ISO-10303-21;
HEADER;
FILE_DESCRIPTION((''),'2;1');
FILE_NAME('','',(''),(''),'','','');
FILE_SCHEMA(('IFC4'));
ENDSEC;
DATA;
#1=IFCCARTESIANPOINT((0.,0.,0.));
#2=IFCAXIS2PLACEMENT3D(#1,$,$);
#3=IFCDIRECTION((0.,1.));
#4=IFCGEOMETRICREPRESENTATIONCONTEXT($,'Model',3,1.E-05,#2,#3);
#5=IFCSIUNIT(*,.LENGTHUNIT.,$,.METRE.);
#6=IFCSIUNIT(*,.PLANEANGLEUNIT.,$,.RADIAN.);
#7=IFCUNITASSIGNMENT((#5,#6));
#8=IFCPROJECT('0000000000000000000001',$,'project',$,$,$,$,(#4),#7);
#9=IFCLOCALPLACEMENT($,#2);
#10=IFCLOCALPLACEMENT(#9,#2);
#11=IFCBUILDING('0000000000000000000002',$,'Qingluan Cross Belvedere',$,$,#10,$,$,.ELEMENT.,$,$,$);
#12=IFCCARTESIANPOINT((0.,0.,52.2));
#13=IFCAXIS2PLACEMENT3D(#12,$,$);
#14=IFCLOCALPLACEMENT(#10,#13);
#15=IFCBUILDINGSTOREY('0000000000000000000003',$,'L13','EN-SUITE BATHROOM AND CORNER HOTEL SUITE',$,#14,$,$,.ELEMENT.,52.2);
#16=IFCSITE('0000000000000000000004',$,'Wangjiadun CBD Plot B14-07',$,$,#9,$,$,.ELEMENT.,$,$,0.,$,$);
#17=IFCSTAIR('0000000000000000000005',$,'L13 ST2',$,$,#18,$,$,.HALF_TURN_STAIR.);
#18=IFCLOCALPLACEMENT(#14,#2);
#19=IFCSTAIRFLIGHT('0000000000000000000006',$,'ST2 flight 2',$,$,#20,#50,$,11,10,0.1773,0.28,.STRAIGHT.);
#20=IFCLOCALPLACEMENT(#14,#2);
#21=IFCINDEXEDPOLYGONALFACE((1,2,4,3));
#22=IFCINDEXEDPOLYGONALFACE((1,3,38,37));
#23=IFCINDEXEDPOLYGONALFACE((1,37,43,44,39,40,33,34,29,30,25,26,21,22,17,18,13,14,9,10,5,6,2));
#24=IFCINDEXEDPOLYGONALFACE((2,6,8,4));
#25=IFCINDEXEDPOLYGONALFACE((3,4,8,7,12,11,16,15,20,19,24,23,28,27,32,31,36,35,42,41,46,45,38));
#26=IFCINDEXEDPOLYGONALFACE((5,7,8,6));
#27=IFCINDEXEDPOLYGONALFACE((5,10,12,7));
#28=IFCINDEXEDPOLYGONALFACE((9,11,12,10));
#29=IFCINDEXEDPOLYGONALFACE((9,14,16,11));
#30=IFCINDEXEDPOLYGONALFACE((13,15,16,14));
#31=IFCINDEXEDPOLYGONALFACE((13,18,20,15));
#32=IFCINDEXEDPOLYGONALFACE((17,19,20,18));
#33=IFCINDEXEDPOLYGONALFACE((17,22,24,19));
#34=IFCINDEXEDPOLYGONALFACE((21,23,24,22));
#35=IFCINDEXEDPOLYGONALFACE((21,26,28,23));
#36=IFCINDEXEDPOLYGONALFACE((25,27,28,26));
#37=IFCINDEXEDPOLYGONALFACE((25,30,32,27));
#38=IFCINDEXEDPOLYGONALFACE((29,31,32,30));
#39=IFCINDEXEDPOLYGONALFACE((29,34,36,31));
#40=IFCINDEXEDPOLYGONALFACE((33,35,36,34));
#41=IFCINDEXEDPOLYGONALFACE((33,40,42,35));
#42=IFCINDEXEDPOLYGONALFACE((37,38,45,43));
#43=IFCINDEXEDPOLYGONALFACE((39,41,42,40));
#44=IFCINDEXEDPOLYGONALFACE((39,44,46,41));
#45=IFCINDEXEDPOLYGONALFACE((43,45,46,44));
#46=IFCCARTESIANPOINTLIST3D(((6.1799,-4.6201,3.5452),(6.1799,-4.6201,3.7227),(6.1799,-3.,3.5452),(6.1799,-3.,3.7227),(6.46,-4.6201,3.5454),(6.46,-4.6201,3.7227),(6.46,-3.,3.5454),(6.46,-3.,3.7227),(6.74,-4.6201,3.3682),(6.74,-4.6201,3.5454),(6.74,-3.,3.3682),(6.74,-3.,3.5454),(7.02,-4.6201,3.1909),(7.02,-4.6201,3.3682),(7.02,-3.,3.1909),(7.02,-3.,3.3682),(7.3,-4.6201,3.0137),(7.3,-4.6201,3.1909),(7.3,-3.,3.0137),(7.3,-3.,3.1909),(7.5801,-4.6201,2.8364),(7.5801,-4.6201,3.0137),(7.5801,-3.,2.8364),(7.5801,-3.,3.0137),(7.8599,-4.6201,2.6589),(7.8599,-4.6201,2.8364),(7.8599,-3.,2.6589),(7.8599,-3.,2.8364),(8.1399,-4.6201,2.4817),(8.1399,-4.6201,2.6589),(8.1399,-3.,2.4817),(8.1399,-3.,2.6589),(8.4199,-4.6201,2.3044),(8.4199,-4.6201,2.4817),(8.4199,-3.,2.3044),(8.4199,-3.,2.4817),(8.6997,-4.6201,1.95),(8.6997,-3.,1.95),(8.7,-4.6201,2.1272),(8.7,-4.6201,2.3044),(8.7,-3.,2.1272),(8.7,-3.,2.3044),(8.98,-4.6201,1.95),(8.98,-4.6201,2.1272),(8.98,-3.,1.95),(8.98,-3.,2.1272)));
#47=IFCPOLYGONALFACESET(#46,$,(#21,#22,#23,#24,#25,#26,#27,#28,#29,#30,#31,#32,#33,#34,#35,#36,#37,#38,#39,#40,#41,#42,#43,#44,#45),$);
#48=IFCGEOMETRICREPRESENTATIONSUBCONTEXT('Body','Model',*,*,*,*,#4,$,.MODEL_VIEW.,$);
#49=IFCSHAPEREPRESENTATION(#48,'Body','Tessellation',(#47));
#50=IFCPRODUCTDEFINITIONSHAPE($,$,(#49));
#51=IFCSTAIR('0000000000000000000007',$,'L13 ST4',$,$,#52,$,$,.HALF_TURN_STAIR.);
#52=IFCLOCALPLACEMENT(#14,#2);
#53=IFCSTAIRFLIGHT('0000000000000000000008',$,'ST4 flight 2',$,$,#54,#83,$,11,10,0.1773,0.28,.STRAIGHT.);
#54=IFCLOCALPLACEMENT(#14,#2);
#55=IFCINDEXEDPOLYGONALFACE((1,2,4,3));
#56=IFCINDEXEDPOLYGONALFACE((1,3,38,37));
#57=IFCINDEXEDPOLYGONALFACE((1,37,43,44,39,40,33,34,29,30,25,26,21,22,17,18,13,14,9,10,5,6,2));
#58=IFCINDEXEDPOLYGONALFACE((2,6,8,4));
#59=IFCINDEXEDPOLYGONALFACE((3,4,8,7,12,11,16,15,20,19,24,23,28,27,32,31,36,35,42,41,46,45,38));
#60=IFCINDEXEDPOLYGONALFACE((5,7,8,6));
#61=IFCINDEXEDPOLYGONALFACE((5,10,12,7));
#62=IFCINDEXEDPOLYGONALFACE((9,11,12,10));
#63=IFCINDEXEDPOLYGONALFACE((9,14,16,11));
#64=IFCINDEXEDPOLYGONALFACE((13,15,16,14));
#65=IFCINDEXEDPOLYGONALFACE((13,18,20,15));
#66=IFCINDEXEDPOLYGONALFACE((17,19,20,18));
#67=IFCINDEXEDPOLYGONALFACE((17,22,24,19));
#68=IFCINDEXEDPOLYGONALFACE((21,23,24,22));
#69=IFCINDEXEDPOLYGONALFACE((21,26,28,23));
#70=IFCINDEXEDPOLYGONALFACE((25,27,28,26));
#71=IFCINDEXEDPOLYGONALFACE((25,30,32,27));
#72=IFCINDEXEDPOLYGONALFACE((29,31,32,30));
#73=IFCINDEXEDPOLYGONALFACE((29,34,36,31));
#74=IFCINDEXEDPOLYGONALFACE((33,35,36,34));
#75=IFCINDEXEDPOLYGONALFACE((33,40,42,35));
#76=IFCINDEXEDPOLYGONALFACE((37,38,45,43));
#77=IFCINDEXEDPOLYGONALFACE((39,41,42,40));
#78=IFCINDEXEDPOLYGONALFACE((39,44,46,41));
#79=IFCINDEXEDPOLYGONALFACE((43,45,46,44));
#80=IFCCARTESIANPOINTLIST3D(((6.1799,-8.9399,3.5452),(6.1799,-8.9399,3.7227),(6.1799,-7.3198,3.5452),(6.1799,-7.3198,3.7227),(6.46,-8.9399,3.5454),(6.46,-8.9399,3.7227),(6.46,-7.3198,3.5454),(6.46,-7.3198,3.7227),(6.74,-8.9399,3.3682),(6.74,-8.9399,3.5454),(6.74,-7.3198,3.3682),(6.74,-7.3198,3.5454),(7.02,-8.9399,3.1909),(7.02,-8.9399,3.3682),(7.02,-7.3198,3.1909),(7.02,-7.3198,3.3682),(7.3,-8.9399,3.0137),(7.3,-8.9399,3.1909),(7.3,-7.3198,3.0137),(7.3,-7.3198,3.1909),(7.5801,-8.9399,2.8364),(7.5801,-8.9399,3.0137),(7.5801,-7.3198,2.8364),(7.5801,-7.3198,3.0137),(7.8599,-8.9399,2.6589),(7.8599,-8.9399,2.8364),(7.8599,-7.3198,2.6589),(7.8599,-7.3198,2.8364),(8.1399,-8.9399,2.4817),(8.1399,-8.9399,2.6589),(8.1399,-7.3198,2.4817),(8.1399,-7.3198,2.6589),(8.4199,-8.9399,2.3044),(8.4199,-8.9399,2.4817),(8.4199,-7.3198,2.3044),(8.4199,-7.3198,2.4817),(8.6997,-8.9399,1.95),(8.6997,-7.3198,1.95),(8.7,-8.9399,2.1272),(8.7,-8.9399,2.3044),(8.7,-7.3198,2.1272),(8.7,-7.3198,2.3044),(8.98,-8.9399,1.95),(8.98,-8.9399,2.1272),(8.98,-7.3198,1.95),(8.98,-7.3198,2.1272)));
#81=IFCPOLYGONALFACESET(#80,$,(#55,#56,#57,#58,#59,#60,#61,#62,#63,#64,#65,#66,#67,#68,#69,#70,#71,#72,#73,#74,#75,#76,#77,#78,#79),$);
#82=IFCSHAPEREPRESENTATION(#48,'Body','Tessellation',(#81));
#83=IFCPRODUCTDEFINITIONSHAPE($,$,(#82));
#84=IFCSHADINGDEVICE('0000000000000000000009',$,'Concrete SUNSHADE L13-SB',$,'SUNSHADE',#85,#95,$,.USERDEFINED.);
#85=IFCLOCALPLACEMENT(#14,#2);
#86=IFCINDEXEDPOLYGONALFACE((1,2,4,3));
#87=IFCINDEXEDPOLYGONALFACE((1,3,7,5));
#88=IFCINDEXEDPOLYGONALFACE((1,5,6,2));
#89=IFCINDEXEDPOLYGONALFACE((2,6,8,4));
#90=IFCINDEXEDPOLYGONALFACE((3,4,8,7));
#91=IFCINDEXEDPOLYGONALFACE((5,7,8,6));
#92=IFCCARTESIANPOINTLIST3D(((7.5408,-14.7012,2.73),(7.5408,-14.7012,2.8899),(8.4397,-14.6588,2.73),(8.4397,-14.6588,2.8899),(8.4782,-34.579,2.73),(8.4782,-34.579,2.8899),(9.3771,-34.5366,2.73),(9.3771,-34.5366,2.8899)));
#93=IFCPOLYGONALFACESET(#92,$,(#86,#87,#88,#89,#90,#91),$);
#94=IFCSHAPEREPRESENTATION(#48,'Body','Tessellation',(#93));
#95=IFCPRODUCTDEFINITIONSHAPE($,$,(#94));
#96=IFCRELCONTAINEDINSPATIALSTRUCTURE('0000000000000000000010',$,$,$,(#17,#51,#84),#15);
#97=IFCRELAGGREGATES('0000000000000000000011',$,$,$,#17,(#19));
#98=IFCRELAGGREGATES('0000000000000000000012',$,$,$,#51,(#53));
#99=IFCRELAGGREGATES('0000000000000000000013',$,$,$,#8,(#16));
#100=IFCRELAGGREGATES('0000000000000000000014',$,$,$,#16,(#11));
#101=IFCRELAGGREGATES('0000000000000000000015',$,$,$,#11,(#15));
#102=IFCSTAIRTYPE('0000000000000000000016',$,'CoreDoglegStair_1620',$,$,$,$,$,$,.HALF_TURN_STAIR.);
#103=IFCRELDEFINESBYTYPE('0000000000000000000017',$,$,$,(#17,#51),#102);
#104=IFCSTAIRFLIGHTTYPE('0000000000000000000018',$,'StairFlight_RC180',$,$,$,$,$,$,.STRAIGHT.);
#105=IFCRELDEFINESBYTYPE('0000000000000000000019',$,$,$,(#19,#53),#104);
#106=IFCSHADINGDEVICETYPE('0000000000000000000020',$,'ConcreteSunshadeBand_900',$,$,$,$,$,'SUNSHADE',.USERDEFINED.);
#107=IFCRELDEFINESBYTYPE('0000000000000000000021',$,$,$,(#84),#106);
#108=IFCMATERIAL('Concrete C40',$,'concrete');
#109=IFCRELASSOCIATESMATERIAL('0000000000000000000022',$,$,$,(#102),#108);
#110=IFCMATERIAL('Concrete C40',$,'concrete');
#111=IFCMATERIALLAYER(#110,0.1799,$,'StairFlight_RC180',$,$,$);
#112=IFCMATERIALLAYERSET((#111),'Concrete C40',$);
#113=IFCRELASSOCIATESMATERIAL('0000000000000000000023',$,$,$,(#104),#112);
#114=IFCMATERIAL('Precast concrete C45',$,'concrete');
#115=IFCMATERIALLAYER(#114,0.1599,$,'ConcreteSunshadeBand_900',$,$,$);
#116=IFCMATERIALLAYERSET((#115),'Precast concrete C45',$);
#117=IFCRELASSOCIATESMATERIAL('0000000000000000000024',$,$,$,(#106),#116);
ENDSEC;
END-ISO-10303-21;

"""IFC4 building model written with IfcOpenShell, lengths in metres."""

from ifc_helpers import new_model, si_unit, direction, frame, origin, origin_2d, place, context, subcontext, project, spatial, polyline, rectangle, outline, extrude, material, layer, layer_set, type_object, element, aggregate, save


model = new_model("IFC4")

# Units and contexts
model_context = context("Model", 3, precision=1e-05, world=origin(), true_north=direction((0.0, 1.0)))
body_context = subcontext(model_context, "Body", "Model", "MODEL_VIEW")
ifc_project = project(units=[si_unit("LENGTHUNIT", "METRE"), si_unit("PLANEANGLEUNIT", "RADIAN")], contexts=[model_context])

# Site, building, storey
site_placement = place(None, origin())
site = spatial("IfcSite", under=ifc_project, at=site_placement, Name="Wangjiadun CBD Plot B14-07", CompositionType="ELEMENT", RefElevation=0.0)
building_placement = place(site_placement, origin())
building = spatial("IfcBuilding", under=site, at=building_placement, Name="Qingluan Cross Belvedere", CompositionType="ELEMENT")
storey_placement = place(building_placement, frame((0.0, 0.0, 52.2)))
storey = spatial("IfcBuildingStorey", under=building, at=storey_placement, Name="L13", Description="EN-SUITE BATHROOM AND CORNER HOTEL SUITE", CompositionType="ELEMENT", Elevation=52.2)

# Stairs, stair flights
ifc_material_1 = material(Name="Concrete C40", Category="concrete")
stair_type = type_object("IfcStairType", Name="CoreDoglegStair_1620", PredefinedType="HALF_TURN_STAIR", material=ifc_material_1)
stair_1_placement = place(storey_placement, origin())
stair_1 = element("IfcStair", 1, at=stair_1_placement, inside=storey, type_object=stair_type, Name="L13 ST2", PredefinedType="HALF_TURN_STAIR")
ifc_material_2 = material(Name="Concrete C40", Category="concrete")
ifc_layer_1 = layer(ifc_material_2, 0.1799, Name="StairFlight_RC180")
ifc_layer_set_1 = layer_set([ifc_layer_1], Name="Concrete C40")
stair_flight_type = type_object("IfcStairFlightType", Name="StairFlight_RC180", PredefinedType="STRAIGHT", material=ifc_layer_set_1)
stair_flight_1_placement = place(storey_placement, frame((8.98, -3.8101, 1.95), z_axis=(0.0, 0.0, 1.0), x_axis=(-1.0, 0.0, 0.0)))
stair_flight_1 = element("IfcStairFlight", 2, at=stair_flight_1_placement, type_object=stair_flight_type, Name="ST2 flight 2", NumberOfRisers=11, NumberOfTreads=10, PredefinedType="STRAIGHT", RiserHeight=0.1773, TreadLength=0.28, context=body_context, shape_type="SweptSolid", body=[
    extrude(outline(polyline([(0.0, 0.0), (0.0, 0.1772), (0.28, 0.1772), (0.28, 0.3545), (0.5601, 0.3545), (0.5601, 0.5317), (0.8401, 0.5317), (0.8401, 0.709), (1.1201, 0.709), (1.1201, 0.8865), (1.3999, 0.8865), (1.3999, 1.0637), (1.6799, 1.0637), (1.6799, 1.241), (1.96, 1.241), (1.96, 1.4182), (2.24, 1.4182), (2.24, 1.5955), (2.52, 1.5955), (2.52, 1.7727), (2.8, 1.7727), (2.8, 1.95), (2.8, 1.5952), (0.2803, 0.0), (0.0, 0.0)])), frame((0.0, 0.8101, 0.0), z_axis=(0.0, -1.0, 0.0), x_axis=(1.0, 0.0, 0.0)), (0.0, 0.0, 1.0), 1.6201),
])
aggregate(stair_1, [stair_flight_1])
stair_2_placement = place(storey_placement, origin())
stair_2 = element("IfcStair", 3, at=stair_2_placement, inside=storey, type_object=stair_type, Name="L13 ST4", PredefinedType="HALF_TURN_STAIR")
stair_flight_2_placement = place(storey_placement, frame((8.98, -8.1299, 1.95), z_axis=(0.0, 0.0, 1.0), x_axis=(-1.0, 0.0, 0.0)))
stair_flight_2 = element("IfcStairFlight", 4, at=stair_flight_2_placement, type_object=stair_flight_type, Name="ST4 flight 2", NumberOfRisers=11, NumberOfTreads=10, PredefinedType="STRAIGHT", RiserHeight=0.1773, TreadLength=0.28, context=body_context, shape_type="SweptSolid", body=[
    extrude(outline(polyline([(0.0, 0.0), (0.0, 0.1772), (0.28, 0.1772), (0.28, 0.3545), (0.5601, 0.3545), (0.5601, 0.5317), (0.8401, 0.5317), (0.8401, 0.709), (1.1201, 0.709), (1.1201, 0.8865), (1.3999, 0.8865), (1.3999, 1.0637), (1.6799, 1.0637), (1.6799, 1.241), (1.96, 1.241), (1.96, 1.4182), (2.24, 1.4182), (2.24, 1.5955), (2.52, 1.5955), (2.52, 1.7727), (2.8, 1.7727), (2.8, 1.95), (2.8, 1.5952), (0.2803, 0.0), (0.0, 0.0)])), frame((0.0, 0.8101, 0.0), z_axis=(0.0, -1.0, 0.0), x_axis=(1.0, 0.0, 0.0)), (0.0, 0.0, 1.0), 1.6201),
])
aggregate(stair_2, [stair_flight_2])

# Shading device
ifc_material_3 = material(Name="Precast concrete C45", Category="concrete")
ifc_layer_2 = layer(ifc_material_3, 0.1599, Name="ConcreteSunshadeBand_900")
ifc_layer_set_2 = layer_set([ifc_layer_2], Name="Precast concrete C45")
shading_device_type = type_object("IfcShadingDeviceType", Name="ConcreteSunshadeBand_900", ElementType="SUNSHADE", PredefinedType="USERDEFINED", material=ifc_layer_set_2)
shading_device_placement = place(storey_placement, frame((8.459, -24.6189, 2.73), z_axis=(0.0, 0.0, 1.0), x_axis=(-0.047105, 0.99889, 0.0)))
element("IfcShadingDevice", 5, at=shading_device_placement, inside=storey, type_object=shading_device_type, Name="Concrete SUNSHADE L13-SB", ObjectType="SUNSHADE", PredefinedType="USERDEFINED", context=body_context, shape_type="SweptSolid", body=[
    extrude(rectangle(XDim=19.8999, YDim=0.8999, at=origin_2d()), origin(), (0.0, 0.0, 1.0), 0.1599),
])

save(model, "model.ifc")
